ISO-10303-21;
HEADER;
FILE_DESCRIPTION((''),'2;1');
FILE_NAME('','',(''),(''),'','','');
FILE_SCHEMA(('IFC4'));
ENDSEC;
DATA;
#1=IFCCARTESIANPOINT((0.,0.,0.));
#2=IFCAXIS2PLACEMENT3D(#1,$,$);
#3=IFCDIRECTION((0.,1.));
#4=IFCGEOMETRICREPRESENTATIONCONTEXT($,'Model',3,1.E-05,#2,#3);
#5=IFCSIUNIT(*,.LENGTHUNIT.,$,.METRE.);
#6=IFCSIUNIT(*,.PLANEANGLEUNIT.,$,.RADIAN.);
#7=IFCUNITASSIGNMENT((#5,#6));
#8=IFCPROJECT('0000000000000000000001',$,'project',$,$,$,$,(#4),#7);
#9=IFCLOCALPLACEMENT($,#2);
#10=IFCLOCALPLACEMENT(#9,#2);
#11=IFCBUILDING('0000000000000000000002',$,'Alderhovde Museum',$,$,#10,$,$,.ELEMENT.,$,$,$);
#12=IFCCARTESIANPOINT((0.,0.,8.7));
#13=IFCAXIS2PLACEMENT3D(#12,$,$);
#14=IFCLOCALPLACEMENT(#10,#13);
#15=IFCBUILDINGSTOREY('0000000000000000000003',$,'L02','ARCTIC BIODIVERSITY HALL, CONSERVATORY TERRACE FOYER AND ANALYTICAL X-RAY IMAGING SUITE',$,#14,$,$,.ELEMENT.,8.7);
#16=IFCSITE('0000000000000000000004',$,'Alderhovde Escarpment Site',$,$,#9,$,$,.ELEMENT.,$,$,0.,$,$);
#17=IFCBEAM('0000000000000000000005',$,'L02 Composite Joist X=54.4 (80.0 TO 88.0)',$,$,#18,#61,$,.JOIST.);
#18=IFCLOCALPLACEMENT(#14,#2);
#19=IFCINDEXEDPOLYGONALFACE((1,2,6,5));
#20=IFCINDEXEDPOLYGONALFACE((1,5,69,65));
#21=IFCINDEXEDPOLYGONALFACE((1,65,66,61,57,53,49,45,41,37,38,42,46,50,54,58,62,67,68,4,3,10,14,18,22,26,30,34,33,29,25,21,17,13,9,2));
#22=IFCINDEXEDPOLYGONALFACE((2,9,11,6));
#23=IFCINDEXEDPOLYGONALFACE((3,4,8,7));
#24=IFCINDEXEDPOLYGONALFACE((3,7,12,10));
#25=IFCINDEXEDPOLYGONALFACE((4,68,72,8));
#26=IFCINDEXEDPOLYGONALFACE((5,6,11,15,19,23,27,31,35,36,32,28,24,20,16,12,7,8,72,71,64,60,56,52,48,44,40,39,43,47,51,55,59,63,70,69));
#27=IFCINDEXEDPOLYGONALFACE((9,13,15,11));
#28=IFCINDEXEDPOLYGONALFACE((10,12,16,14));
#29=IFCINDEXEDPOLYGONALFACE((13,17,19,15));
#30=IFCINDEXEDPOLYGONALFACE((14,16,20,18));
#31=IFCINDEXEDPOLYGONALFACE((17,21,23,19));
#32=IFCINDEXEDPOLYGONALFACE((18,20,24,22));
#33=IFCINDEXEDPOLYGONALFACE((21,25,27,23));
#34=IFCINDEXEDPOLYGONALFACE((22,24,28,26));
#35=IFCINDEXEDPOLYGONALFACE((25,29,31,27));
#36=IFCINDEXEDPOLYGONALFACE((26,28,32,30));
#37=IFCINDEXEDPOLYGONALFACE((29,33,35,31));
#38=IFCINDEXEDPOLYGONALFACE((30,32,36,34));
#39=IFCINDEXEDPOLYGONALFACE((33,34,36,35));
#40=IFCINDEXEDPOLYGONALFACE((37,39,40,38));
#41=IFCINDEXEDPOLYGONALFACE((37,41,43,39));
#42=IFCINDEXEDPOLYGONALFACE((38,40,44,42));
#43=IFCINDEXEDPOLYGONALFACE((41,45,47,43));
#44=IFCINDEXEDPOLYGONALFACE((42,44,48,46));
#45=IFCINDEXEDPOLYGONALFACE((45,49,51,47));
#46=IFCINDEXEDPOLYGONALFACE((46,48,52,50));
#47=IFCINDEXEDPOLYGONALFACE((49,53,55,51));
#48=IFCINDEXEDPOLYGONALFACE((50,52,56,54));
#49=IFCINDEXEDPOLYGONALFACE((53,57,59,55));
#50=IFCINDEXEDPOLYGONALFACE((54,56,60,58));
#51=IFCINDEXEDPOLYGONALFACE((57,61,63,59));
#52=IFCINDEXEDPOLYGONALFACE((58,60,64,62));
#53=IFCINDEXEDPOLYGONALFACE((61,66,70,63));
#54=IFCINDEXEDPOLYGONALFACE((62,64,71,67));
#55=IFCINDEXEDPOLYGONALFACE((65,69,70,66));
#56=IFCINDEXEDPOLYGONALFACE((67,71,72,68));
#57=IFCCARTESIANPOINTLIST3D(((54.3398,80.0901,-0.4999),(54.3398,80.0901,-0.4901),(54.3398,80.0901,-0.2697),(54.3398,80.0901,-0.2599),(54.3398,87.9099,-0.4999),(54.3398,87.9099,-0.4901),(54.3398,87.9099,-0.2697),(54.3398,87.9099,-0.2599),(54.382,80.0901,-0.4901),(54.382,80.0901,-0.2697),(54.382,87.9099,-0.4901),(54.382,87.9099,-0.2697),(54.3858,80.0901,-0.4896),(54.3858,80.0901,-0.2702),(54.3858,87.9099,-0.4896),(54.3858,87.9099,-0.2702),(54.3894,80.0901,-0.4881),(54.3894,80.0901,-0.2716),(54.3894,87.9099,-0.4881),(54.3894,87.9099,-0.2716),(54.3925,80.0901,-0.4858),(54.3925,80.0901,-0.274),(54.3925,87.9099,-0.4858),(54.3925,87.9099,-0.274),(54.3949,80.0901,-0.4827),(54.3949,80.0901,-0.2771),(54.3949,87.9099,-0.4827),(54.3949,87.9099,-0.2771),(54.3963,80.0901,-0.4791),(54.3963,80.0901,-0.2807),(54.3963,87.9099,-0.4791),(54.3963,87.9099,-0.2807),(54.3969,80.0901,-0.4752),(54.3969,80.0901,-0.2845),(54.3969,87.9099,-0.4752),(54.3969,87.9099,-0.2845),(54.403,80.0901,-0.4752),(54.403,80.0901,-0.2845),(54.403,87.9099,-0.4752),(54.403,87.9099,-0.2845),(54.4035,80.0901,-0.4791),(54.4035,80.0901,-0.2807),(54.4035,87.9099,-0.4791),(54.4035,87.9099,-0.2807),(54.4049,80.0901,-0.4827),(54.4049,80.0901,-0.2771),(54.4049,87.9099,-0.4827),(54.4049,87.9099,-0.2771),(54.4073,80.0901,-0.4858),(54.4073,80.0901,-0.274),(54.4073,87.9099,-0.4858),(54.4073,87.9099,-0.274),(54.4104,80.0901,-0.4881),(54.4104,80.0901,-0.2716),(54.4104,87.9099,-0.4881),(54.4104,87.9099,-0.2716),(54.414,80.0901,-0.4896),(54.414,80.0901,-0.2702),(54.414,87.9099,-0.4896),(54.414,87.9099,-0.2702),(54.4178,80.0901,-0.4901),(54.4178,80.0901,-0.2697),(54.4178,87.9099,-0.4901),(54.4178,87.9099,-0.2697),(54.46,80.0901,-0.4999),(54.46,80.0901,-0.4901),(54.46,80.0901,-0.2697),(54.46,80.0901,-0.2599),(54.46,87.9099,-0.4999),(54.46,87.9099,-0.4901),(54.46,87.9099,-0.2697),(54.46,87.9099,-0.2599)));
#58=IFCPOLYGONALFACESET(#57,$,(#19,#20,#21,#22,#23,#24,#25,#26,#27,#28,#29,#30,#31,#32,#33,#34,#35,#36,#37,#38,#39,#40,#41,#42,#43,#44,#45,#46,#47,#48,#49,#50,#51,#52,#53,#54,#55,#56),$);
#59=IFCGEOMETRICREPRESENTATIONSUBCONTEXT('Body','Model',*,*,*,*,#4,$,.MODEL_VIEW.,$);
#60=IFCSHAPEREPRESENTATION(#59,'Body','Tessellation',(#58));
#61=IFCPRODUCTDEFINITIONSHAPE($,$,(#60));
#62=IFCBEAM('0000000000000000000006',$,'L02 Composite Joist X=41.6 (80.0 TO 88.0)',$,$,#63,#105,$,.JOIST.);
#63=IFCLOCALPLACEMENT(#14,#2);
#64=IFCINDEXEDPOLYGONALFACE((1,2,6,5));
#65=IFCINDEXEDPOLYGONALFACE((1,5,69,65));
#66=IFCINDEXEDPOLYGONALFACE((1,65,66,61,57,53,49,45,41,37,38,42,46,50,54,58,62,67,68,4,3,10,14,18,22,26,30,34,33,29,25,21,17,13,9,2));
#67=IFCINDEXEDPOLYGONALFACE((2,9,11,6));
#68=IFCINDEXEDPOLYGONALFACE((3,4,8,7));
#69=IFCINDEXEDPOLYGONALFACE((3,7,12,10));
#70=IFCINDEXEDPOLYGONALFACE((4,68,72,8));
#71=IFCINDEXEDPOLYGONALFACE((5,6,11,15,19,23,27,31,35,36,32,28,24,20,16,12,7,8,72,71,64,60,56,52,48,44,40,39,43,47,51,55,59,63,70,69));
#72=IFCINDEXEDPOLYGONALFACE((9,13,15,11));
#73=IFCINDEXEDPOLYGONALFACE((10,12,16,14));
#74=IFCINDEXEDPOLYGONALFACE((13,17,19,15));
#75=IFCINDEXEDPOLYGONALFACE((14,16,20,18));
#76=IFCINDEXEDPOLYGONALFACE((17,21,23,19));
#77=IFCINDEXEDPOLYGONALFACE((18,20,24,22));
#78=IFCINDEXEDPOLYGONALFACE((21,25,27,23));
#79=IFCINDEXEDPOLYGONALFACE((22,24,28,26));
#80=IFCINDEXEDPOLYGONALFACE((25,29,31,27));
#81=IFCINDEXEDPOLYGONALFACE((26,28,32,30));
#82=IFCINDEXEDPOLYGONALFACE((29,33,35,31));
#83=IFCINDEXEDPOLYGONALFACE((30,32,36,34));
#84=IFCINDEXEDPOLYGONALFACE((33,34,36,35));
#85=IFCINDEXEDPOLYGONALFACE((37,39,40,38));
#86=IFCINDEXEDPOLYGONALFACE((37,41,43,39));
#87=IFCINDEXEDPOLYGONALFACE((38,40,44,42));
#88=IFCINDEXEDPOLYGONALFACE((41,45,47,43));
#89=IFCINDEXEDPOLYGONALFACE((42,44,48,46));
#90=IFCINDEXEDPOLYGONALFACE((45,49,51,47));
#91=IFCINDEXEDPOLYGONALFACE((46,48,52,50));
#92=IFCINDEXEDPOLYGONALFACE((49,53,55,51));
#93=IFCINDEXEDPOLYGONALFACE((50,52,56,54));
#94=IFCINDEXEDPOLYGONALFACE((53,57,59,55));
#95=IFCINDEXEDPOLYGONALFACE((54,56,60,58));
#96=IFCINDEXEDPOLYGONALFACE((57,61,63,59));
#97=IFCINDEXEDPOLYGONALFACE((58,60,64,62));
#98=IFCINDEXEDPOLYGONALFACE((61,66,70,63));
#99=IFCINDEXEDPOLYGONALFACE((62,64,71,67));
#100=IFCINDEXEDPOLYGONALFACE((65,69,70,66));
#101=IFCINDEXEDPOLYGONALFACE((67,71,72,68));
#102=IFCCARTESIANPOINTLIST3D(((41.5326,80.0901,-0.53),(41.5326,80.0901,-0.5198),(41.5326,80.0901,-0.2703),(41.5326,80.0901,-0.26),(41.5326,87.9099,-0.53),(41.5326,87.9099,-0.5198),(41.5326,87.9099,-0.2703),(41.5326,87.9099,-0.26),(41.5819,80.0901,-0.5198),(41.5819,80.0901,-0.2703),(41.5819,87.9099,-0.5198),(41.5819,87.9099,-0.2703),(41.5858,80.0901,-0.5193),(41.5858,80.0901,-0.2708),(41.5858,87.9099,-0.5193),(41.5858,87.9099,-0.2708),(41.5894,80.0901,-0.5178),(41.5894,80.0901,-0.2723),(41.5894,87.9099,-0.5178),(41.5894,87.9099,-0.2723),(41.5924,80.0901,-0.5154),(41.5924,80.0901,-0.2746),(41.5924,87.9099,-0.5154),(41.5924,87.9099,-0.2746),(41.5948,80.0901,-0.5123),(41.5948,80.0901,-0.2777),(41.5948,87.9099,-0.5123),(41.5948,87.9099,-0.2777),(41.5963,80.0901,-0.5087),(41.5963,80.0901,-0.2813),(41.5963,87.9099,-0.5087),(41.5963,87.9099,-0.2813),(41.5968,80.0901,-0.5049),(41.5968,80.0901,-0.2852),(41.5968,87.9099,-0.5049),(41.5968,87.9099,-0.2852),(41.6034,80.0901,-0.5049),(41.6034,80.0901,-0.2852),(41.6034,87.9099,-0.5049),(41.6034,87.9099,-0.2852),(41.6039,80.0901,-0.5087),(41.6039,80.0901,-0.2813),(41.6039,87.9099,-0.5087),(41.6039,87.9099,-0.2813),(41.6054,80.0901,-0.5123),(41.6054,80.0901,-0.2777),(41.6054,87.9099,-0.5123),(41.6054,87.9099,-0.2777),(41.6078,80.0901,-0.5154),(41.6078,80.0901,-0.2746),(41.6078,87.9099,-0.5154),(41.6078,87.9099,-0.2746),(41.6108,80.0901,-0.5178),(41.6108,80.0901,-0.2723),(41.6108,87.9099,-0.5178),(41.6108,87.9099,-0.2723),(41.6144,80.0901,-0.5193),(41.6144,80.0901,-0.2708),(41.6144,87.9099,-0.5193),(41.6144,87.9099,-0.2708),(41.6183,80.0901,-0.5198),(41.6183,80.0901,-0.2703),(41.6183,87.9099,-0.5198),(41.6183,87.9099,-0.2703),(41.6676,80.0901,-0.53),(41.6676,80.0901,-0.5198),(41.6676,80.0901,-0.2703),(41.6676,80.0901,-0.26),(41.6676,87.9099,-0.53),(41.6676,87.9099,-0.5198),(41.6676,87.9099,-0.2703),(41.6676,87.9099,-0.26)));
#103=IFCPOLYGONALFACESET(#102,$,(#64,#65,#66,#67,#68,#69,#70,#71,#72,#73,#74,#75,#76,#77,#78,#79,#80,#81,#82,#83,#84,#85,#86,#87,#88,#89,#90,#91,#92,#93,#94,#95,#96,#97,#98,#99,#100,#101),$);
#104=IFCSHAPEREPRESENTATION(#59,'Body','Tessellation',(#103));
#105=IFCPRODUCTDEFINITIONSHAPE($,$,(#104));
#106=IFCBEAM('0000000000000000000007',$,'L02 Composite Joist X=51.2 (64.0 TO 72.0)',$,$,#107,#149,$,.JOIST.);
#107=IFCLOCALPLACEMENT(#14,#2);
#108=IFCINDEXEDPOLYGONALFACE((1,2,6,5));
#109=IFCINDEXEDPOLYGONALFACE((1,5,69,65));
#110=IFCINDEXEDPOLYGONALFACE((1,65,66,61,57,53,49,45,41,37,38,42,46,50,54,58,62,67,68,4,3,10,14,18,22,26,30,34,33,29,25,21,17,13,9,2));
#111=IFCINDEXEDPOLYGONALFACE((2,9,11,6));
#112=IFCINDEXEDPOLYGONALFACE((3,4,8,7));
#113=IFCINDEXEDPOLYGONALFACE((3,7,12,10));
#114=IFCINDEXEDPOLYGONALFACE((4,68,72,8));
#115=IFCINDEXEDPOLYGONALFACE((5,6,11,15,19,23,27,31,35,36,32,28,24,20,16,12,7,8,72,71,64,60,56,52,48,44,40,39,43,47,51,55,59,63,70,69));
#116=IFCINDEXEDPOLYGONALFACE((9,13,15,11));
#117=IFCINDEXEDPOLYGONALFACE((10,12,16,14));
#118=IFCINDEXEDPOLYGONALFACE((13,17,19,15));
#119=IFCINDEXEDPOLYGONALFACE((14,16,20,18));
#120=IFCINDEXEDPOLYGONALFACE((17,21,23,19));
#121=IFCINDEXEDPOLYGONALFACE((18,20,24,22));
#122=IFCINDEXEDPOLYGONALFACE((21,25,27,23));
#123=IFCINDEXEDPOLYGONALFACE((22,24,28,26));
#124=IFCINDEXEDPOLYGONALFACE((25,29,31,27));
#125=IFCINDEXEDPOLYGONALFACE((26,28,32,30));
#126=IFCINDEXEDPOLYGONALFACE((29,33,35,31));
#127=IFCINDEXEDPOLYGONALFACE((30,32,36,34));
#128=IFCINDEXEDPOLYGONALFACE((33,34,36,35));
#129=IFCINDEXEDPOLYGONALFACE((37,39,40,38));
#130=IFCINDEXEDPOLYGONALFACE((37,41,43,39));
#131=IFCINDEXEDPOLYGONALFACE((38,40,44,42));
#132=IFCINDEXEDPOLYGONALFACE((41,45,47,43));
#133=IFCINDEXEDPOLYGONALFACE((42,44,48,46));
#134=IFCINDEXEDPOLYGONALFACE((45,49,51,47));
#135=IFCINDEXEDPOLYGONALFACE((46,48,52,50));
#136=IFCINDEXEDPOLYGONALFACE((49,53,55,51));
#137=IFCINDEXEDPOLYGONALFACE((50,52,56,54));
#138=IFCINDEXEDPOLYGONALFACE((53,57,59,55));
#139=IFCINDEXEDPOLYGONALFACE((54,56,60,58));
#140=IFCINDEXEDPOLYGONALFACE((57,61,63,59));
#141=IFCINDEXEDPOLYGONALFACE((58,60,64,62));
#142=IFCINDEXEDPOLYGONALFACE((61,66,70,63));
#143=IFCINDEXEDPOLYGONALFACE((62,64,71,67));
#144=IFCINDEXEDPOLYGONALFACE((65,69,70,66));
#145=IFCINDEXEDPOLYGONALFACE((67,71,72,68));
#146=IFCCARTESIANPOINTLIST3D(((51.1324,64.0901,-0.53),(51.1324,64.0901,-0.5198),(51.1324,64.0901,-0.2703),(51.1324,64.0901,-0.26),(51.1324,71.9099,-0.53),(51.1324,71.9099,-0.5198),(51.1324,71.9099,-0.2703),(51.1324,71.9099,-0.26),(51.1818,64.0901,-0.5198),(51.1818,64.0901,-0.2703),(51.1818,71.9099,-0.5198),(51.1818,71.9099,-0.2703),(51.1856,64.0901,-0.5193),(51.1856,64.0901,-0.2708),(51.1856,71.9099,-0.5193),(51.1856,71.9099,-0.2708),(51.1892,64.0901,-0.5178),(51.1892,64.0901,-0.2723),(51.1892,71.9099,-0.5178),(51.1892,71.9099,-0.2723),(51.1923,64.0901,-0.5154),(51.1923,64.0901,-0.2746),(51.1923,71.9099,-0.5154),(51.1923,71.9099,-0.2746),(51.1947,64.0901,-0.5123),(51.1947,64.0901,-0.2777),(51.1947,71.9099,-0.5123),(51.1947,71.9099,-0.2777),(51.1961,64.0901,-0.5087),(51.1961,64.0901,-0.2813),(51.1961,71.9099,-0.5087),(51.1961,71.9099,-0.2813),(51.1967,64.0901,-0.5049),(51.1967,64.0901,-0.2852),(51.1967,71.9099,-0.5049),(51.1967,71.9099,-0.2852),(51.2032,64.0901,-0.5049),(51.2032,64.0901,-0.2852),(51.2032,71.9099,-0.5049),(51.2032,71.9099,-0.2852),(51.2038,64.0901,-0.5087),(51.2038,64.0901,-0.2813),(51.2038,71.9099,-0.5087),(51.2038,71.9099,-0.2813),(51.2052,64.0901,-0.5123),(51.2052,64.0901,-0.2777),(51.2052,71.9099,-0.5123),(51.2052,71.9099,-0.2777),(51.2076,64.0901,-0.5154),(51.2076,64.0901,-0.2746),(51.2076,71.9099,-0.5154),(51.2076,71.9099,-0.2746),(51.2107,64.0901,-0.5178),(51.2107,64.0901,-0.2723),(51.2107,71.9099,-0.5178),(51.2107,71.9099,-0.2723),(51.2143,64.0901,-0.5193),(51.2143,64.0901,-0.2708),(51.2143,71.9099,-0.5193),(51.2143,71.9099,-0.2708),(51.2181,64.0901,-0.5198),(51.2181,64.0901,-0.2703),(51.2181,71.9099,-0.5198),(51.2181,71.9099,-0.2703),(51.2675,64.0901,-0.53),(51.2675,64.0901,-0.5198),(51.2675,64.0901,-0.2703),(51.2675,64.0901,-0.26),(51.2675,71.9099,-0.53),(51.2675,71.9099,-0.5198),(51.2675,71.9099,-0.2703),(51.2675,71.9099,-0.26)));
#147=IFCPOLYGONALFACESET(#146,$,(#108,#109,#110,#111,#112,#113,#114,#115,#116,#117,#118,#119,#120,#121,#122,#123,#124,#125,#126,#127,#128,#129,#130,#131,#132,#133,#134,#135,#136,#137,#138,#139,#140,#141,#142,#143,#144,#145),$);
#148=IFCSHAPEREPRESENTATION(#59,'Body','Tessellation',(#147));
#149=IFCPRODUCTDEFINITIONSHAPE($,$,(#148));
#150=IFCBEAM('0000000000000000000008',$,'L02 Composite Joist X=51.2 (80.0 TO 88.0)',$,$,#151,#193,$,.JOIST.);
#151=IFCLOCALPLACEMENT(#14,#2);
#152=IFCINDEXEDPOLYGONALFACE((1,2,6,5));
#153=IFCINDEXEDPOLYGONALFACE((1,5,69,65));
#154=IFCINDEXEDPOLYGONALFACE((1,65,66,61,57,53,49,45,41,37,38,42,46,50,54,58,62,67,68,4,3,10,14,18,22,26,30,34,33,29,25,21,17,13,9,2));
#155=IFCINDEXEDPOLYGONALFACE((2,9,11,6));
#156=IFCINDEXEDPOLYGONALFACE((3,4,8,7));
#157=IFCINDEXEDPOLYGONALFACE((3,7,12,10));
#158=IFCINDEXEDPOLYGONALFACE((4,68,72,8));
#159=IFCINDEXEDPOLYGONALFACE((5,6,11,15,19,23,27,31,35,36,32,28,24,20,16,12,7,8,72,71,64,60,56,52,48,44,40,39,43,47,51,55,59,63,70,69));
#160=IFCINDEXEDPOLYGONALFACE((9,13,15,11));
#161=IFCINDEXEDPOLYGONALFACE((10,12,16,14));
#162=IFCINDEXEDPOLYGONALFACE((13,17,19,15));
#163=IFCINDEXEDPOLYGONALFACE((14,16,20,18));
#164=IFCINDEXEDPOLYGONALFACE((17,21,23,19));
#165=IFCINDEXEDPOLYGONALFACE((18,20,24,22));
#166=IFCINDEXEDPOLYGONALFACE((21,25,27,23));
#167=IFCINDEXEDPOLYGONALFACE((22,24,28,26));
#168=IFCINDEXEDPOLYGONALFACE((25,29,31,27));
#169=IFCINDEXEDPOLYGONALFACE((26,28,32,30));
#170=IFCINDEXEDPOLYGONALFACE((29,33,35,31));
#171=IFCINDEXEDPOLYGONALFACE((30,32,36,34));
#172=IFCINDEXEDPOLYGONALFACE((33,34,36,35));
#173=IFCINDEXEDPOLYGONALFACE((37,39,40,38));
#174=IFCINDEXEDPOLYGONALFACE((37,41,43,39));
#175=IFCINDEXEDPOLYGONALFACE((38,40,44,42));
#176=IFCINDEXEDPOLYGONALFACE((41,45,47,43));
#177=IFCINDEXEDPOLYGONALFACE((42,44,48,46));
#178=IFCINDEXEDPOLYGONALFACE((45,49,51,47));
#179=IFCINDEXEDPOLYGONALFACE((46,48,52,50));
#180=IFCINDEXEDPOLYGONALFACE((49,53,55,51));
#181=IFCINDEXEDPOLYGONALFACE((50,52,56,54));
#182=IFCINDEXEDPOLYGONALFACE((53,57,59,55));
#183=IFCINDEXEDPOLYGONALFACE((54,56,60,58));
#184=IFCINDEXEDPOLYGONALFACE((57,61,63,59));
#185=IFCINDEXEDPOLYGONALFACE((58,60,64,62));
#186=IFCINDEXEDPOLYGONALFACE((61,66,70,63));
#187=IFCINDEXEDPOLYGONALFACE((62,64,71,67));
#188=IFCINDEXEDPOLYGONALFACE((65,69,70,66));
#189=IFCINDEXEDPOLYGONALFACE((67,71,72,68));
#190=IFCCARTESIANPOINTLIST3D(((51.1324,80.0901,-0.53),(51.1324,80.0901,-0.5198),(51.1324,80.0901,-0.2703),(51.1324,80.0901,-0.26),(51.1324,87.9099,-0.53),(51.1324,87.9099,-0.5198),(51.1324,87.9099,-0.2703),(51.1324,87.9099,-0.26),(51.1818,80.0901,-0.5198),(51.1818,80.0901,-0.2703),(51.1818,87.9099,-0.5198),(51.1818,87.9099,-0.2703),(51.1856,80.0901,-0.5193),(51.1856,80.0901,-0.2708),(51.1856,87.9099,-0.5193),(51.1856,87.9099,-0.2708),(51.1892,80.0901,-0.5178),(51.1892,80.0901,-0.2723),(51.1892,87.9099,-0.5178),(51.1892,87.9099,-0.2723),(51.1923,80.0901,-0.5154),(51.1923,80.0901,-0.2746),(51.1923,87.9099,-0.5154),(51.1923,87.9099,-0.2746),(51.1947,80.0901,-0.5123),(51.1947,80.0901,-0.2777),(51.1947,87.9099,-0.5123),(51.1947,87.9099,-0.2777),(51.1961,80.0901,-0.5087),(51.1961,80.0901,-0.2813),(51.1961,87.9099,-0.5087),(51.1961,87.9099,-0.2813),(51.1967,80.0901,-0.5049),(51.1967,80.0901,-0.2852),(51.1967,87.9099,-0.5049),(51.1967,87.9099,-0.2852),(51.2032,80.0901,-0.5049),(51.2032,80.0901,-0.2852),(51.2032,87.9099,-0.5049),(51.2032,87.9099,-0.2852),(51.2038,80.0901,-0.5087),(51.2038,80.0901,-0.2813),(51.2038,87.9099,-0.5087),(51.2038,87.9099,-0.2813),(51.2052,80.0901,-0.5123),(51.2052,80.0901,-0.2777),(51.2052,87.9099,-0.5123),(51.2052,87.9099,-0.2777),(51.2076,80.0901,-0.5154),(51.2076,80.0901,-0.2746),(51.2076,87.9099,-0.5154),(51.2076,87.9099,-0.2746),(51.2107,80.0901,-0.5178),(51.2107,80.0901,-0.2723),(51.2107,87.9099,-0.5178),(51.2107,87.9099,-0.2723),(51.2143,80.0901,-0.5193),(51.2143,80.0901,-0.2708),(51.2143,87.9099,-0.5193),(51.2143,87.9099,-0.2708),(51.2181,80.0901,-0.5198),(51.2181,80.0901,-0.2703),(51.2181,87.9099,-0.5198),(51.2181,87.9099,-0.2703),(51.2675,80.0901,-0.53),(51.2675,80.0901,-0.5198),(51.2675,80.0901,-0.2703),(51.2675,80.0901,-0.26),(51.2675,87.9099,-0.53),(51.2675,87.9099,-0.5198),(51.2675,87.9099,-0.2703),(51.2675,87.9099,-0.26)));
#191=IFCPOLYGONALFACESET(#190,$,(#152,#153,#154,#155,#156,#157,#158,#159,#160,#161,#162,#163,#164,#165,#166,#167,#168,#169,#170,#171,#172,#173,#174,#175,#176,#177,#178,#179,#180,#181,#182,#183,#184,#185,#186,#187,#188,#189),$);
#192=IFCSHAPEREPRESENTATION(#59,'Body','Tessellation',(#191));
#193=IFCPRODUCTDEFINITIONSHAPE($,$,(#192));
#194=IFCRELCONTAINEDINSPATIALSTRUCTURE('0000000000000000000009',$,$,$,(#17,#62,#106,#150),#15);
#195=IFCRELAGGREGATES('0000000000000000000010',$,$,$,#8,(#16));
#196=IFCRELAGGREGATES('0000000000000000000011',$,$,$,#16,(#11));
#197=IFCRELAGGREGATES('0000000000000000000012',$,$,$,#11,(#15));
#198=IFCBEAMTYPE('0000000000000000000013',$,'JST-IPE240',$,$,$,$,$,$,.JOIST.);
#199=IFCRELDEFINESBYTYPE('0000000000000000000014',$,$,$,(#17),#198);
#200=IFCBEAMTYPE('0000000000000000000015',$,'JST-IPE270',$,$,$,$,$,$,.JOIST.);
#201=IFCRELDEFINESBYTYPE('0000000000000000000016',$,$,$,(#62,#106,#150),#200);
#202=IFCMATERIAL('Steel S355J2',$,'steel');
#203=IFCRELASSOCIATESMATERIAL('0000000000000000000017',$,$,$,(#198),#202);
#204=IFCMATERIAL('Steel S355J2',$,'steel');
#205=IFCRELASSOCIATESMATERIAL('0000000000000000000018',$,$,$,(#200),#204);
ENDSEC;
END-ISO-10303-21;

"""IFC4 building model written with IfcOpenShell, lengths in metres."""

from ifc_helpers import new_model, si_unit, direction, frame, origin, origin_2d, place, context, subcontext, project, spatial, i_section, extrude, material, material_profile, profile_set, type_object, element, save


model = new_model("IFC4")

# Units and contexts
model_context = context("Model", 3, precision=1e-05, world=origin(), true_north=direction((0.0, 1.0)))
body_context = subcontext(model_context, "Body", "Model", "MODEL_VIEW")
ifc_project = project(units=[si_unit("LENGTHUNIT", "METRE"), si_unit("PLANEANGLEUNIT", "RADIAN")], contexts=[model_context])

# Site, building, storey
site_placement = place(None, origin())
site = spatial("IfcSite", under=ifc_project, at=site_placement, Name="Alderhovde Escarpment Site", CompositionType="ELEMENT", RefElevation=0.0)
building_placement = place(site_placement, origin())
building = spatial("IfcBuilding", under=site, at=building_placement, Name="Alderhovde Museum", CompositionType="ELEMENT")
storey_placement = place(building_placement, frame((0.0, 0.0, 8.7)))
storey = spatial("IfcBuildingStorey", under=building, at=storey_placement, Name="L02", Description="ARCTIC BIODIVERSITY HALL, CONSERVATORY TERRACE FOYER AND ANALYTICAL X-RAY IMAGING SUITE", CompositionType="ELEMENT", Elevation=8.7)

# Beams
ifc_material_1 = material(Name="Steel S355J2", Category="steel")
ifc_material_profile_1 = material_profile(ifc_material_1, i_section(OverallWidth=0.1201, OverallDepth=0.24, WebThickness=0.0061, FlangeThickness=0.0098, FilletRadius=0.0149, at=origin_2d()), Name="IPE 240")
ifc_profile_set_1 = profile_set([ifc_material_profile_1], Name="Steel S355J2")
beam_type_1 = type_object("IfcBeamType", Name="JST-IPE240", PredefinedType="JOIST", material=ifc_profile_set_1)
for number, where, z_axis, x_axis, name in (
    (1, (54.3999, 80.0901, -0.3799), (0.0, 1.0, 0.0), (-1.0, 0.0, 0.0), "L02 Composite Joist X=54.4 (80.0 TO 88.0)"),
):
    element("IfcBeam", number, at=place(storey_placement, frame(where, z_axis=z_axis, x_axis=x_axis)), inside=storey, type_object=beam_type_1, Name=name, PredefinedType="JOIST", context=body_context, shape_type="SweptSolid", body=[
        extrude(i_section(OverallWidth=0.1201, OverallDepth=0.24, WebThickness=0.0061, FlangeThickness=0.0098, FilletRadius=0.0149, at=origin_2d()), origin(), (0.0, 0.0, 1.0), 7.8198),
    ])
ifc_material_2 = material(Name="Steel S355J2", Category="steel")
ifc_material_profile_2 = material_profile(ifc_material_2, i_section(OverallWidth=0.135, OverallDepth=0.27, WebThickness=0.0066, FlangeThickness=0.0103, FilletRadius=0.0149, at=origin_2d()), Name="IPE 270")
ifc_profile_set_2 = profile_set([ifc_material_profile_2], Name="Steel S355J2")
beam_type_2 = type_object("IfcBeamType", Name="JST-IPE270", PredefinedType="JOIST", material=ifc_profile_set_2)
for number, where, z_axis, x_axis, name in (
    (2, (41.6001, 80.0901, -0.395), (0.0, 1.0, 0.0), (-1.0, 0.0, 0.0), "L02 Composite Joist X=41.6 (80.0 TO 88.0)"),
    (3, (51.2, 64.0901, -0.395), (0.0, 1.0, 0.0), (-1.0, 0.0, 0.0), "L02 Composite Joist X=51.2 (64.0 TO 72.0)"),
    (4, (51.2, 80.0901, -0.395), (0.0, 1.0, 0.0), (-1.0, 0.0, 0.0), "L02 Composite Joist X=51.2 (80.0 TO 88.0)"),
):
    element("IfcBeam", number, at=place(storey_placement, frame(where, z_axis=z_axis, x_axis=x_axis)), inside=storey, type_object=beam_type_2, Name=name, PredefinedType="JOIST", context=body_context, shape_type="SweptSolid", body=[
        extrude(i_section(OverallWidth=0.135, OverallDepth=0.27, WebThickness=0.0066, FlangeThickness=0.0103, FilletRadius=0.0149, at=origin_2d()), origin(), (0.0, 0.0, 1.0), 7.8198),
    ])

save(model, "model.ifc")
